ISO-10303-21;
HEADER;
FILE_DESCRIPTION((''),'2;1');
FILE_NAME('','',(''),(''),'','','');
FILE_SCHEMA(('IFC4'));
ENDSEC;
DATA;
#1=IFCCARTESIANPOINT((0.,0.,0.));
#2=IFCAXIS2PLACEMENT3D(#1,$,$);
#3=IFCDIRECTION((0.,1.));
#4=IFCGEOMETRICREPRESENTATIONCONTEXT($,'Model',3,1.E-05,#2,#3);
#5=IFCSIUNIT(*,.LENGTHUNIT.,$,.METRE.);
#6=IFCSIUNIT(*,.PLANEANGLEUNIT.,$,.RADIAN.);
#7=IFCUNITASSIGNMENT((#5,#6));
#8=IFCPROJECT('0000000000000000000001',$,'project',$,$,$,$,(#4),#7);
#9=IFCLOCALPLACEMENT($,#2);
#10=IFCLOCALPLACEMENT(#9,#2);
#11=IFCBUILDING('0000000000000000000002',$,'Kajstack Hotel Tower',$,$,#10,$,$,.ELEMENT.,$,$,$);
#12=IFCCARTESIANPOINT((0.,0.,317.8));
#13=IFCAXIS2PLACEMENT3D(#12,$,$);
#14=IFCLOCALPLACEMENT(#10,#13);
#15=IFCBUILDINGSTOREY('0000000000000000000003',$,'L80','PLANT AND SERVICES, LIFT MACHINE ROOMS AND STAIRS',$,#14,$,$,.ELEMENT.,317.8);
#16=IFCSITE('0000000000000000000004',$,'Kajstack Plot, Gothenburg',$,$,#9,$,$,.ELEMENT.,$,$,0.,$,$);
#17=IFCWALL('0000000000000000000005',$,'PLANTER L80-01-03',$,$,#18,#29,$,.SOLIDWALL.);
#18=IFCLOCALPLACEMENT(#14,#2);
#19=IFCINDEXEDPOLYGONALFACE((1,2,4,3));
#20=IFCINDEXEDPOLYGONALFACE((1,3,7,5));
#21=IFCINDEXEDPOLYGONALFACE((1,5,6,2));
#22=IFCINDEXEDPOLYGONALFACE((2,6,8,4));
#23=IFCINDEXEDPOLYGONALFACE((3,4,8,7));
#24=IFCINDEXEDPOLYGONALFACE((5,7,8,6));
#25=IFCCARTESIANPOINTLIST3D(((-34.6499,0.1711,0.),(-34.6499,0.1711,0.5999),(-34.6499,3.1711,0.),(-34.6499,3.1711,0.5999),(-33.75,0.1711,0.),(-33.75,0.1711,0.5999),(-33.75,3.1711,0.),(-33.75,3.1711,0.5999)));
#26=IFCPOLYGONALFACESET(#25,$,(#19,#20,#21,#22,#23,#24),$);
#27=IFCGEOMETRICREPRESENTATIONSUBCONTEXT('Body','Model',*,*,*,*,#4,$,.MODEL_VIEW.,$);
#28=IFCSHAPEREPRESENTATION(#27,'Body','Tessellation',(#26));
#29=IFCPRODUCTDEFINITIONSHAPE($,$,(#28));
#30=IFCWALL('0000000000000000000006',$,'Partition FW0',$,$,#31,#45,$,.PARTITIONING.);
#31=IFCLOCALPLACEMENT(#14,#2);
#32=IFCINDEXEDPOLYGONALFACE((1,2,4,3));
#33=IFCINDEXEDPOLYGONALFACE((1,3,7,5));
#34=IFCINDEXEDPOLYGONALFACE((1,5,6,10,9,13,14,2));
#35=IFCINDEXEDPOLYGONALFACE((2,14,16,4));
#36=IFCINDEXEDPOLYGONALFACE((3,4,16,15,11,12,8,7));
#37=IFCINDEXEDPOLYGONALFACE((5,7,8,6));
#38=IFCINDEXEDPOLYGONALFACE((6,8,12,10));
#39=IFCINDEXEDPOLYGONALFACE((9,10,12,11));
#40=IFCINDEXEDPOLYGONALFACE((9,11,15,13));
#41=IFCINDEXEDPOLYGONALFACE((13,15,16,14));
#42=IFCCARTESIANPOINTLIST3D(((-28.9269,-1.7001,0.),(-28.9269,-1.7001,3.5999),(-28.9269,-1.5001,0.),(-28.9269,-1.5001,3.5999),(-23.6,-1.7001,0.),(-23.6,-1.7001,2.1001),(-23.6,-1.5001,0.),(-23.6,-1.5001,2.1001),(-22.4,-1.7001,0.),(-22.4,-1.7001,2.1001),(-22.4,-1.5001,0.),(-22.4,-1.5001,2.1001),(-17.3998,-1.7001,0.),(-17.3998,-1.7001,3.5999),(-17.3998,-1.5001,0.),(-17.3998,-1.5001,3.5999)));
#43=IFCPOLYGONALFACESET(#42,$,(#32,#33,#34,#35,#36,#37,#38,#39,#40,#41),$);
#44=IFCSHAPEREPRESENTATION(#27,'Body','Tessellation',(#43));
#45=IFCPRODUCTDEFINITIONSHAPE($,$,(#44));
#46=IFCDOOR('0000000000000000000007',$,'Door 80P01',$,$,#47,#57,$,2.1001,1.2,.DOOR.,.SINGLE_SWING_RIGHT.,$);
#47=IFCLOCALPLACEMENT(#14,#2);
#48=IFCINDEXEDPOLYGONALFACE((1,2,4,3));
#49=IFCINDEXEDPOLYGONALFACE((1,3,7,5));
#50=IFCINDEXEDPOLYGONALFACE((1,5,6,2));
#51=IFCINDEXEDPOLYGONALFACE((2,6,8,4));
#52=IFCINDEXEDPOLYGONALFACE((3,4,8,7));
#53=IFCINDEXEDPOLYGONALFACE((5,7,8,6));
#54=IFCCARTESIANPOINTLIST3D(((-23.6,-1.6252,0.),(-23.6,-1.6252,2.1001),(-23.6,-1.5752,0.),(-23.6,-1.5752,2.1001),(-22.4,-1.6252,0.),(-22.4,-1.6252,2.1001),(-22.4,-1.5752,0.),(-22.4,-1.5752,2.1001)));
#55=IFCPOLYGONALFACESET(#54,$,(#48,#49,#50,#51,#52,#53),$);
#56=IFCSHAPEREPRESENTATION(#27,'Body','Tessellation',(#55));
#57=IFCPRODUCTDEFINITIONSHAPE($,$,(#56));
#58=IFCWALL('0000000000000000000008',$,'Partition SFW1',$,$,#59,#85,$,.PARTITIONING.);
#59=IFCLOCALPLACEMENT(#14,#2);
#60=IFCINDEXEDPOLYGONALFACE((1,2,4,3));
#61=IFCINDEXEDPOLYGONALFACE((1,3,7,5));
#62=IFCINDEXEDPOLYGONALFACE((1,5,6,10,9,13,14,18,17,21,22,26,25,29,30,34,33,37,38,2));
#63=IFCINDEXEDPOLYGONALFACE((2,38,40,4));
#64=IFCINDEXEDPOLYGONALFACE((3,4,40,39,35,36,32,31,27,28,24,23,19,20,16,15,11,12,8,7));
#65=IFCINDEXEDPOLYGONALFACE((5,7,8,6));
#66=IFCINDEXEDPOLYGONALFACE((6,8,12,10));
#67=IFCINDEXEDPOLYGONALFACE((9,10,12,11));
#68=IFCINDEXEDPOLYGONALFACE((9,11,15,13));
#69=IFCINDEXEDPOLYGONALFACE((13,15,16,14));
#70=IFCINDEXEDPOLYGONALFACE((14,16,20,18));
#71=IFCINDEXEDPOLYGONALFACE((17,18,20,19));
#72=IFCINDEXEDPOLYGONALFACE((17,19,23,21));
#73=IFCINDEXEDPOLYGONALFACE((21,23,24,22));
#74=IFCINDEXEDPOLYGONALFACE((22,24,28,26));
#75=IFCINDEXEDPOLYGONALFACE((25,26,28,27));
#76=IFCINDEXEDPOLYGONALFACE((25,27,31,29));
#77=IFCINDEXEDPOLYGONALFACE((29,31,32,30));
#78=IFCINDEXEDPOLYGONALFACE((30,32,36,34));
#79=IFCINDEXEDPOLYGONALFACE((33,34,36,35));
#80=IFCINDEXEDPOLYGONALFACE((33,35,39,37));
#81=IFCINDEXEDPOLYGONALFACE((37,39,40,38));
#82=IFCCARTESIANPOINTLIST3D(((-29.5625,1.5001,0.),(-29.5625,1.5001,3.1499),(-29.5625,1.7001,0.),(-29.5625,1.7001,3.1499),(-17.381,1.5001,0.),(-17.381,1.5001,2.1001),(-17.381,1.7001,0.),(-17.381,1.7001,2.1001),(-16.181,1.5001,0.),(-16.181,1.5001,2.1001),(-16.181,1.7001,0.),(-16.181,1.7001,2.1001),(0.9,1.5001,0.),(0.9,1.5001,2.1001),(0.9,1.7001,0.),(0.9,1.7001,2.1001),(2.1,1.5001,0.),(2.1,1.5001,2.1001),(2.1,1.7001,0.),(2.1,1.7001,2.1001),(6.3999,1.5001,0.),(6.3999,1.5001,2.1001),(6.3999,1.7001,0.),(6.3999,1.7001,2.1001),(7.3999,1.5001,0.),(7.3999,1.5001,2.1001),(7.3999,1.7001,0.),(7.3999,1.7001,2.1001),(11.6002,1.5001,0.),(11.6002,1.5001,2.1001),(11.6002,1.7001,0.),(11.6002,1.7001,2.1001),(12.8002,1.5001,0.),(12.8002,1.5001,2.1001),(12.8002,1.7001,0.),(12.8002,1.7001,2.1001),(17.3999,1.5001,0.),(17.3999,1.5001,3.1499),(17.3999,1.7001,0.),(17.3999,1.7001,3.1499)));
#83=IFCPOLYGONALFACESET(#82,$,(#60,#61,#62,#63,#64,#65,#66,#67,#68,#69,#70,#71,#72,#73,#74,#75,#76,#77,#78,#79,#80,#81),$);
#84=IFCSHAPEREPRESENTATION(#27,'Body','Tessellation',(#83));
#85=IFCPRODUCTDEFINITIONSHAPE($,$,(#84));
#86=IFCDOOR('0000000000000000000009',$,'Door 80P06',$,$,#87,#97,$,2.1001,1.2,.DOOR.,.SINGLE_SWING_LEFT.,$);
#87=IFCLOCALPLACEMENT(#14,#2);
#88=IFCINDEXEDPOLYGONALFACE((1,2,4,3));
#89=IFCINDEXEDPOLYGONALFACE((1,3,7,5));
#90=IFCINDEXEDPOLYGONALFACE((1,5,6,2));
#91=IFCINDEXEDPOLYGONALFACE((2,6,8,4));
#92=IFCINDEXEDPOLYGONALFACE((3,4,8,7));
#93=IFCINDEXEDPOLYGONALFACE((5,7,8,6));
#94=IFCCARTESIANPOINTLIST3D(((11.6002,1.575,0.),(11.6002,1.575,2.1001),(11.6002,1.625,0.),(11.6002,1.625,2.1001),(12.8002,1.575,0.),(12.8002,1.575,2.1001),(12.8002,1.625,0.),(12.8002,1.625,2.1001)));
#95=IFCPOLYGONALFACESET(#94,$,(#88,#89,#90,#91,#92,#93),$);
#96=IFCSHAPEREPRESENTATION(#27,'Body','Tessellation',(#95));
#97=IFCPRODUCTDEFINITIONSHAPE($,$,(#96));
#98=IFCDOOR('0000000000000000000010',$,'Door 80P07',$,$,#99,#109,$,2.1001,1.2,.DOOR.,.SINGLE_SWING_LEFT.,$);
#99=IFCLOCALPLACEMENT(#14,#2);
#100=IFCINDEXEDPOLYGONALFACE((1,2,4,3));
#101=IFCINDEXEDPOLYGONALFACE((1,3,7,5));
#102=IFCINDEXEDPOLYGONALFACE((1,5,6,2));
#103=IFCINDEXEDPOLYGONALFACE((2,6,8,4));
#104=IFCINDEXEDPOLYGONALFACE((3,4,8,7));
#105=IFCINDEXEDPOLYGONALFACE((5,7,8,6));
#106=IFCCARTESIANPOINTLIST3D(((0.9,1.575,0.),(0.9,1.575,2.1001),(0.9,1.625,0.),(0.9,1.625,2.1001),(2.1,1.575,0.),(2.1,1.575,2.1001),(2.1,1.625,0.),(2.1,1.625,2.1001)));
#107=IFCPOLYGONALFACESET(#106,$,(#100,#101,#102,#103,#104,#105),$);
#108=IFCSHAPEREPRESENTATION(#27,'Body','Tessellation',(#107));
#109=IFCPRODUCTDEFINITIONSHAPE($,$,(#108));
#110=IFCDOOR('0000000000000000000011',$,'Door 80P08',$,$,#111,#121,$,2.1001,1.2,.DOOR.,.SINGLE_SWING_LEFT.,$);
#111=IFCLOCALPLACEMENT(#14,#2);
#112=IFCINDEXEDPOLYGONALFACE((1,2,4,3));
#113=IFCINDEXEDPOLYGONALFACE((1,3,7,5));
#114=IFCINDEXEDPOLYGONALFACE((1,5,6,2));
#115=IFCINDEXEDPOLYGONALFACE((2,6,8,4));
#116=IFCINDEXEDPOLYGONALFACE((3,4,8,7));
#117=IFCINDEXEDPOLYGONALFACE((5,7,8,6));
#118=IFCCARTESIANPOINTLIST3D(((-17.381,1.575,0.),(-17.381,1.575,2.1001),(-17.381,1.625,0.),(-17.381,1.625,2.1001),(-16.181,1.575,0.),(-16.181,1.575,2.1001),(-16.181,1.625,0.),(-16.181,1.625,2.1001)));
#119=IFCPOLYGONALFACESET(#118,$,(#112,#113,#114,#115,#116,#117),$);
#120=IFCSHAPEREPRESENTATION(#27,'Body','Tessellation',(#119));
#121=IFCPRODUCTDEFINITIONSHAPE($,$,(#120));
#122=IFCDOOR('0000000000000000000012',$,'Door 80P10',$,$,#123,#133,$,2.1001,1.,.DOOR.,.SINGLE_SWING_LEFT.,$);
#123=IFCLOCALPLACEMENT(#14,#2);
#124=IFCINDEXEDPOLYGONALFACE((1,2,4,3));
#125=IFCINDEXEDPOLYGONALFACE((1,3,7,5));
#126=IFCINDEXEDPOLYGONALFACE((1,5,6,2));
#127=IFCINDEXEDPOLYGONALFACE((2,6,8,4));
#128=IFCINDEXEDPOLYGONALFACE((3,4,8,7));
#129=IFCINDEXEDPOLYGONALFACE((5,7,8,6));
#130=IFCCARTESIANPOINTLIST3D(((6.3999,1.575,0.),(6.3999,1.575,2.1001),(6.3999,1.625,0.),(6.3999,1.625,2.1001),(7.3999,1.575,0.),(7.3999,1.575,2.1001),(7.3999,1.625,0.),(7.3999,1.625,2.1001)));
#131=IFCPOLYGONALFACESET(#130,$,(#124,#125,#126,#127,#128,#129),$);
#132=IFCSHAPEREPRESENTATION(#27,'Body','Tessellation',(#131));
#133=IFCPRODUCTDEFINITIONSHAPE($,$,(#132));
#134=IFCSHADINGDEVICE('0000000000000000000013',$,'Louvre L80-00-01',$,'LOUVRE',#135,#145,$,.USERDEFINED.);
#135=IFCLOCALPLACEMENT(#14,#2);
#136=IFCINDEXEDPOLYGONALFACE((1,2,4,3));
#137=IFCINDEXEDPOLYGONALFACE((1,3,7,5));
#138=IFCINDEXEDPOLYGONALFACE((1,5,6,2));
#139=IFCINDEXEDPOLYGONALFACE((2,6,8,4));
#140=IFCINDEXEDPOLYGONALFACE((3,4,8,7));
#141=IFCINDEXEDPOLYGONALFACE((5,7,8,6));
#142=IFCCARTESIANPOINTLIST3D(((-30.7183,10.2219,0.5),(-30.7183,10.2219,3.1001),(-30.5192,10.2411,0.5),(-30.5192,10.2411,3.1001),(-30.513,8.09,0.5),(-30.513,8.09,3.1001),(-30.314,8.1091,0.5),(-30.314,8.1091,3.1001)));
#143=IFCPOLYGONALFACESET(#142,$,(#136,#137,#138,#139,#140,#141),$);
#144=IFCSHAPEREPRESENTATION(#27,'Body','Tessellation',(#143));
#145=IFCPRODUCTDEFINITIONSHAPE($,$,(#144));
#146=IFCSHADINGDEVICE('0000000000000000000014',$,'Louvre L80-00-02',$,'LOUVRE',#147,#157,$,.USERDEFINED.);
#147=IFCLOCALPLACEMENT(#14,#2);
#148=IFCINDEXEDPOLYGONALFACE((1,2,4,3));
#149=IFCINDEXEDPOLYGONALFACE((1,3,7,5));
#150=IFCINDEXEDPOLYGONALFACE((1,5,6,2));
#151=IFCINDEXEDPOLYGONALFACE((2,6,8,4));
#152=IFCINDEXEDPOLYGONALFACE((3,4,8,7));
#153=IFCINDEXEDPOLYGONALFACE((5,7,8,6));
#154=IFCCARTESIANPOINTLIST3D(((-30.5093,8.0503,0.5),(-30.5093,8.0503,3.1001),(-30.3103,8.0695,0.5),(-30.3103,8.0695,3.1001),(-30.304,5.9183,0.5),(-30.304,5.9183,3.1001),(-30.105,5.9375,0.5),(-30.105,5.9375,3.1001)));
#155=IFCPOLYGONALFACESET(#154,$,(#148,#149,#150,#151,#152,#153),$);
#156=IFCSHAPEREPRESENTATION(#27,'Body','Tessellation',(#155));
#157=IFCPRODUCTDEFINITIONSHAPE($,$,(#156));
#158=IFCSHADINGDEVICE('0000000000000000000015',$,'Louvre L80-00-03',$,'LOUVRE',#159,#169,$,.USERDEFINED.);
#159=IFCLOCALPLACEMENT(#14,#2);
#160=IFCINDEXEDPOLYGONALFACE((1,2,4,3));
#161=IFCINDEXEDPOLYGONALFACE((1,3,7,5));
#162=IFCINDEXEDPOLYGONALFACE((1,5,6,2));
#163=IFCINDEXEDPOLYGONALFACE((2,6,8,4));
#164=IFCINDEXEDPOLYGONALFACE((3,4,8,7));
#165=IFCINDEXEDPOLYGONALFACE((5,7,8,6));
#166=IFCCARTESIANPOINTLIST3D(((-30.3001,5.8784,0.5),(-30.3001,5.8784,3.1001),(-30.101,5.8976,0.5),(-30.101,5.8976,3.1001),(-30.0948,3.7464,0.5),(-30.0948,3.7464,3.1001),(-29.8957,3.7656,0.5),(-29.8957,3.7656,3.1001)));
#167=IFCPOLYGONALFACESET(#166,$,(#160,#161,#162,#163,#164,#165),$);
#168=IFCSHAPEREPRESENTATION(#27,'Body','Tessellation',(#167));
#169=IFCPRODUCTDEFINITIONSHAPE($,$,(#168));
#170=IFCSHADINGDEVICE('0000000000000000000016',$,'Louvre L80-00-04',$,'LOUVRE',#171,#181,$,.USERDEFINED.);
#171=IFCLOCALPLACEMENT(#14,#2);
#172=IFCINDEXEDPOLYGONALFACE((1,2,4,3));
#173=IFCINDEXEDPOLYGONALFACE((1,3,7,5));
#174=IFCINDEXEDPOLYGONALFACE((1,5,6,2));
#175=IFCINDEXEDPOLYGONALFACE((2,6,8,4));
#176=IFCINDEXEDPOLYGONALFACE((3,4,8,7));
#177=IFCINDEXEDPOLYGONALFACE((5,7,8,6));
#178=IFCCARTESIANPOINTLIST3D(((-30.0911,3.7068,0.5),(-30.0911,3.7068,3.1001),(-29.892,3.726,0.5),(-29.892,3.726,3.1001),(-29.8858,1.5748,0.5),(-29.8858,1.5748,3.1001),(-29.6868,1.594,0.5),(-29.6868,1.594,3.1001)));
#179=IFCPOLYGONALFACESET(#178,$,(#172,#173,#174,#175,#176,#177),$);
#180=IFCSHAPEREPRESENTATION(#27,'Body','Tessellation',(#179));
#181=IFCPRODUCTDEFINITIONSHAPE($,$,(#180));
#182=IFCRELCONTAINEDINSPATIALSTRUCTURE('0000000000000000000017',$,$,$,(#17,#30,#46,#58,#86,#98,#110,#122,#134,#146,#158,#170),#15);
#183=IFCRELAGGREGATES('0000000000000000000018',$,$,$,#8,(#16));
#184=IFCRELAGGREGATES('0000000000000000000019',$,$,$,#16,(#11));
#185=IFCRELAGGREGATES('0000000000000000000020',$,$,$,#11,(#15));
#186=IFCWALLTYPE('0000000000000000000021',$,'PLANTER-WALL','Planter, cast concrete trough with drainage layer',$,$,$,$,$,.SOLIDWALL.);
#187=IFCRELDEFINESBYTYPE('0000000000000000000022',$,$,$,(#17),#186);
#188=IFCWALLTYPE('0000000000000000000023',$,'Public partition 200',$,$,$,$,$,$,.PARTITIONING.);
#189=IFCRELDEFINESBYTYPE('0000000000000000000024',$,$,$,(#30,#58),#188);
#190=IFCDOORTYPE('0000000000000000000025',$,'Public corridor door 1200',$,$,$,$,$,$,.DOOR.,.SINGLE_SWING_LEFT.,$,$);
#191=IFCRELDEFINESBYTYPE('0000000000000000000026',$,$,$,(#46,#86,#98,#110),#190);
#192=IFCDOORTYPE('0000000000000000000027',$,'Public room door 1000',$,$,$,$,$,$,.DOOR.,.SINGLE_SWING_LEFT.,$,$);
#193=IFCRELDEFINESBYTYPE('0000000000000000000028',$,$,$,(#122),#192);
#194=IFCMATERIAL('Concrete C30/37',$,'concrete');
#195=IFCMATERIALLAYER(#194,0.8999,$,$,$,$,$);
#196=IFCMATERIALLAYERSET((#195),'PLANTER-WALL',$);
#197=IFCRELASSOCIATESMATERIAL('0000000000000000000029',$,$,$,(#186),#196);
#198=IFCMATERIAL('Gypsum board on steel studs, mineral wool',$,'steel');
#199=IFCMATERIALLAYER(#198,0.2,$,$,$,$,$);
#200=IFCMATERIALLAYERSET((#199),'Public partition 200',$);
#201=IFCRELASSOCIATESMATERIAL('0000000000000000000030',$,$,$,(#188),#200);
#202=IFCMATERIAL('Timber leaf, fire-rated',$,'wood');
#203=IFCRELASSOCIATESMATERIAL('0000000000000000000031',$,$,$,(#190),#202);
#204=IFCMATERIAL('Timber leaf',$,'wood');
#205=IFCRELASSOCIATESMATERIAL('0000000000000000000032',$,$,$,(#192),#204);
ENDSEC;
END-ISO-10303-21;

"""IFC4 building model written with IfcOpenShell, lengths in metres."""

from ifc_helpers import new_model, si_unit, direction, frame, frame_2d, origin, origin_2d, place, context, subcontext, project, spatial, rectangle, extrude, material, layer, layer_set, type_object, element, fill, save


model = new_model("IFC4")

# Units and contexts
model_context = context("Model", 3, precision=1e-05, world=origin(), true_north=direction((0.0, 1.0)))
body_context = subcontext(model_context, "Body", "Model", "MODEL_VIEW")
ifc_project = project(units=[si_unit("LENGTHUNIT", "METRE"), si_unit("PLANEANGLEUNIT", "RADIAN")], contexts=[model_context])

# Site, building, storey
site_placement = place(None, origin())
site = spatial("IfcSite", under=ifc_project, at=site_placement, Name="Kajstack Plot, Gothenburg", CompositionType="ELEMENT", RefElevation=0.0)
building_placement = place(site_placement, origin())
building = spatial("IfcBuilding", under=site, at=building_placement, Name="Kajstack Hotel Tower", CompositionType="ELEMENT")
storey_placement = place(building_placement, frame((0.0, 0.0, 317.8)))
storey = spatial("IfcBuildingStorey", under=building, at=storey_placement, Name="L80", Description="PLANT AND SERVICES, LIFT MACHINE ROOMS AND STAIRS", CompositionType="ELEMENT", Elevation=317.8)

# Wall
ifc_material_1 = material(Name="Concrete C30/37", Category="concrete")
ifc_layer_1 = layer(ifc_material_1, 0.8999)
ifc_layer_set_1 = layer_set([ifc_layer_1], Name="PLANTER-WALL")
wall_type_1 = type_object("IfcWallType", Name="PLANTER-WALL", Description="Planter, cast concrete trough with drainage layer", PredefinedType="SOLIDWALL", material=ifc_layer_set_1)
wall_1_placement = place(storey_placement, frame((-34.2, 0.1711, 0.0), z_axis=(0.0, 0.0, 1.0), x_axis=(0.0, 1.0, 0.0)))
element("IfcWall", 1, at=wall_1_placement, inside=storey, type_object=wall_type_1, Name="PLANTER L80-01-03", PredefinedType="SOLIDWALL", context=body_context, shape_type="SweptSolid", body=[
    extrude(rectangle(XDim=3.0, YDim=0.8999, at=frame_2d((1.5, 0.0))), origin(), (0.0, 0.0, 1.0), 0.5999),
])

# Wall, opening, door
ifc_material_2 = material(Name="Gypsum board on steel studs, mineral wool", Category="steel")
ifc_layer_2 = layer(ifc_material_2, 0.2)
ifc_layer_set_2 = layer_set([ifc_layer_2], Name="Public partition 200")
wall_type_2 = type_object("IfcWallType", Name="Public partition 200", PredefinedType="PARTITIONING", material=ifc_layer_set_2)
wall_2_placement = place(storey_placement, frame((-28.927, -1.6001, 0.0), z_axis=(0.0, 0.0, 1.0), x_axis=(1.0, 0.0, 0.0)))
wall_2 = element("IfcWall", 2, at=wall_2_placement, inside=storey, type_object=wall_type_2, Name="Partition FW0", PredefinedType="PARTITIONING", context=body_context, shape_type="SweptSolid", body=[
    extrude(rectangle(XDim=11.5271, YDim=0.2, at=frame_2d((5.7637, 0.0))), origin(), (0.0, 0.0, 1.0), 3.5999),
])
opening_1_placement = place(wall_2_placement, frame((5.3269, 0.0, 0.0)))
opening_1 = element("IfcOpeningElement", 3, at=opening_1_placement, cuts=wall_2, PredefinedType="OPENING", context=body_context, shape_type="SweptSolid", body=[
    extrude(rectangle(XDim=1.2, YDim=2.1001, at=frame_2d((0.6001, 1.05))), frame((0.0, 0.1099, 0.0), z_axis=(0.0, -1.0, 0.0), x_axis=(1.0, 0.0, 0.0)), (0.0, 0.0, 1.0), 0.22),
])
ifc_material_3 = material(Name="Timber leaf, fire-rated", Category="wood")
door_type_1 = type_object("IfcDoorType", Name="Public corridor door 1200", OperationType="SINGLE_SWING_LEFT", PredefinedType="DOOR", material=ifc_material_3)
door_1_placement = place(opening_1_placement, origin())
door_1 = element("IfcDoor", 4, at=door_1_placement, inside=storey, type_object=door_type_1, Name="Door 80P01", OperationType="SINGLE_SWING_RIGHT", OverallHeight=2.1001, OverallWidth=1.2, PredefinedType="DOOR", context=body_context, shape_type="SweptSolid", body=[
    extrude(rectangle(XDim=1.2, YDim=2.1001, at=frame_2d((0.6001, 1.05))), frame((0.0, 0.0249, 0.0), z_axis=(0.0, -1.0, 0.0), x_axis=(1.0, 0.0, 0.0)), (0.0, 0.0, 1.0), 0.05),
])
fill(opening_1, door_1)

# Wall, openings, doors
wall_3_placement = place(storey_placement, frame((-29.5625, 1.6001, 0.0), z_axis=(0.0, 0.0, 1.0), x_axis=(1.0, 0.0, 0.0)))
wall_3 = element("IfcWall", 5, at=wall_3_placement, inside=storey, type_object=wall_type_2, Name="Partition SFW1", PredefinedType="PARTITIONING", context=body_context, shape_type="SweptSolid", body=[
    extrude(rectangle(XDim=46.9624, YDim=0.2, at=frame_2d((23.4812, 0.0))), origin(), (0.0, 0.0, 1.0), 3.1499),
])
opening_2_placement = place(wall_3_placement, frame((41.1626, 0.0, 0.0)))
opening_2 = element("IfcOpeningElement", 6, at=opening_2_placement, cuts=wall_3, PredefinedType="OPENING", context=body_context, shape_type="SweptSolid", body=[
    extrude(rectangle(XDim=1.2, YDim=2.1001, at=frame_2d((0.6001, 1.05))), frame((0.0, 0.1099, 0.0), z_axis=(0.0, -1.0, 0.0), x_axis=(1.0, 0.0, 0.0)), (0.0, 0.0, 1.0), 0.22),
])
opening_3_placement = place(wall_3_placement, frame((30.4624, 0.0, 0.0)))
opening_3 = element("IfcOpeningElement", 7, at=opening_3_placement, cuts=wall_3, PredefinedType="OPENING", context=body_context, shape_type="SweptSolid", body=[
    extrude(rectangle(XDim=1.2, YDim=2.1001, at=frame_2d((0.6001, 1.05))), frame((0.0, 0.1099, 0.0), z_axis=(0.0, -1.0, 0.0), x_axis=(1.0, 0.0, 0.0)), (0.0, 0.0, 1.0), 0.22),
])
opening_4_placement = place(wall_3_placement, frame((12.1814, 0.0, 0.0)))
opening_4 = element("IfcOpeningElement", 8, at=opening_4_placement, cuts=wall_3, PredefinedType="OPENING", context=body_context, shape_type="SweptSolid", body=[
    extrude(rectangle(XDim=1.2, YDim=2.1001, at=frame_2d((0.6001, 1.05))), frame((0.0, 0.1099, 0.0), z_axis=(0.0, -1.0, 0.0), x_axis=(1.0, 0.0, 0.0)), (0.0, 0.0, 1.0), 0.22),
])
opening_5_placement = place(wall_3_placement, frame((35.9624, 0.0, 0.0)))
opening_5 = element("IfcOpeningElement", 9, at=opening_5_placement, cuts=wall_3, PredefinedType="OPENING", context=body_context, shape_type="SweptSolid", body=[
    extrude(rectangle(XDim=1.0, YDim=2.1001, at=frame_2d((0.5, 1.05))), frame((0.0, 0.1099, 0.0), z_axis=(0.0, -1.0, 0.0), x_axis=(1.0, 0.0, 0.0)), (0.0, 0.0, 1.0), 0.22),
])
door_2_placement = place(opening_2_placement, origin())
door_2 = element("IfcDoor", 10, at=door_2_placement, inside=storey, type_object=door_type_1, Name="Door 80P06", OperationType="SINGLE_SWING_LEFT", OverallHeight=2.1001, OverallWidth=1.2, PredefinedType="DOOR", context=body_context, shape_type="SweptSolid", body=[
    extrude(rectangle(XDim=1.2, YDim=2.1001, at=frame_2d((0.6001, 1.05))), frame((0.0, 0.0249, 0.0), z_axis=(0.0, -1.0, 0.0), x_axis=(1.0, 0.0, 0.0)), (0.0, 0.0, 1.0), 0.05),
])
fill(opening_2, door_2)
door_3_placement = place(opening_3_placement, origin())
door_3 = element("IfcDoor", 11, at=door_3_placement, inside=storey, type_object=door_type_1, Name="Door 80P07", OperationType="SINGLE_SWING_LEFT", OverallHeight=2.1001, OverallWidth=1.2, PredefinedType="DOOR", context=body_context, shape_type="SweptSolid", body=[
    extrude(rectangle(XDim=1.2, YDim=2.1001, at=frame_2d((0.6001, 1.05))), frame((0.0, 0.0249, 0.0), z_axis=(0.0, -1.0, 0.0), x_axis=(1.0, 0.0, 0.0)), (0.0, 0.0, 1.0), 0.05),
])
fill(opening_3, door_3)
door_4_placement = place(opening_4_placement, origin())
door_4 = element("IfcDoor", 12, at=door_4_placement, inside=storey, type_object=door_type_1, Name="Door 80P08", OperationType="SINGLE_SWING_LEFT", OverallHeight=2.1001, OverallWidth=1.2, PredefinedType="DOOR", context=body_context, shape_type="SweptSolid", body=[
    extrude(rectangle(XDim=1.2, YDim=2.1001, at=frame_2d((0.6001, 1.05))), frame((0.0, 0.0249, 0.0), z_axis=(0.0, -1.0, 0.0), x_axis=(1.0, 0.0, 0.0)), (0.0, 0.0, 1.0), 0.05),
])
fill(opening_4, door_4)
ifc_material_4 = material(Name="Timber leaf", Category="wood")
door_type_2 = type_object("IfcDoorType", Name="Public room door 1000", OperationType="SINGLE_SWING_LEFT", PredefinedType="DOOR", material=ifc_material_4)
door_5_placement = place(opening_5_placement, origin())
door_5 = element("IfcDoor", 13, at=door_5_placement, inside=storey, type_object=door_type_2, Name="Door 80P10", OperationType="SINGLE_SWING_LEFT", OverallHeight=2.1001, OverallWidth=1.0, PredefinedType="DOOR", context=body_context, shape_type="SweptSolid", body=[
    extrude(rectangle(XDim=1.0, YDim=2.1001, at=frame_2d((0.5, 1.05))), frame((0.0, 0.0249, 0.0), z_axis=(0.0, -1.0, 0.0), x_axis=(1.0, 0.0, 0.0)), (0.0, 0.0, 1.0), 0.05),
])
fill(opening_5, door_5)

# Shading devices
for number, where, z_axis, x_axis, name in (
    (14, (-30.5161, 9.1655, 0.5), (0.0, 0.0, 1.0), (0.095846, -0.995396, 0.0), "Louvre L80-00-01"),
    (15, (-30.3071, 6.9939, 0.5), (0.0, 0.0, 1.0), (0.095846, -0.995396, 0.0), "Louvre L80-00-02"),
    (16, (-30.0979, 4.822, 0.5), (0.0, 0.0, 1.0), (0.095846, -0.995396, 0.0), "Louvre L80-00-03"),
    (17, (-29.8889, 2.6504, 0.5), (0.0, 0.0, 1.0), (0.095846, -0.995396, 0.0), "Louvre L80-00-04"),
):
    element("IfcShadingDevice", number, at=place(storey_placement, frame(where, z_axis=z_axis, x_axis=x_axis)), inside=storey, Name=name, ObjectType="LOUVRE", PredefinedType="USERDEFINED", context=body_context, shape_type="SweptSolid", body=[
        extrude(rectangle(XDim=2.1418, YDim=0.2, at=origin_2d()), origin(), (0.0, 0.0, 1.0), 2.6001),
    ])

save(model, "model.ifc")
